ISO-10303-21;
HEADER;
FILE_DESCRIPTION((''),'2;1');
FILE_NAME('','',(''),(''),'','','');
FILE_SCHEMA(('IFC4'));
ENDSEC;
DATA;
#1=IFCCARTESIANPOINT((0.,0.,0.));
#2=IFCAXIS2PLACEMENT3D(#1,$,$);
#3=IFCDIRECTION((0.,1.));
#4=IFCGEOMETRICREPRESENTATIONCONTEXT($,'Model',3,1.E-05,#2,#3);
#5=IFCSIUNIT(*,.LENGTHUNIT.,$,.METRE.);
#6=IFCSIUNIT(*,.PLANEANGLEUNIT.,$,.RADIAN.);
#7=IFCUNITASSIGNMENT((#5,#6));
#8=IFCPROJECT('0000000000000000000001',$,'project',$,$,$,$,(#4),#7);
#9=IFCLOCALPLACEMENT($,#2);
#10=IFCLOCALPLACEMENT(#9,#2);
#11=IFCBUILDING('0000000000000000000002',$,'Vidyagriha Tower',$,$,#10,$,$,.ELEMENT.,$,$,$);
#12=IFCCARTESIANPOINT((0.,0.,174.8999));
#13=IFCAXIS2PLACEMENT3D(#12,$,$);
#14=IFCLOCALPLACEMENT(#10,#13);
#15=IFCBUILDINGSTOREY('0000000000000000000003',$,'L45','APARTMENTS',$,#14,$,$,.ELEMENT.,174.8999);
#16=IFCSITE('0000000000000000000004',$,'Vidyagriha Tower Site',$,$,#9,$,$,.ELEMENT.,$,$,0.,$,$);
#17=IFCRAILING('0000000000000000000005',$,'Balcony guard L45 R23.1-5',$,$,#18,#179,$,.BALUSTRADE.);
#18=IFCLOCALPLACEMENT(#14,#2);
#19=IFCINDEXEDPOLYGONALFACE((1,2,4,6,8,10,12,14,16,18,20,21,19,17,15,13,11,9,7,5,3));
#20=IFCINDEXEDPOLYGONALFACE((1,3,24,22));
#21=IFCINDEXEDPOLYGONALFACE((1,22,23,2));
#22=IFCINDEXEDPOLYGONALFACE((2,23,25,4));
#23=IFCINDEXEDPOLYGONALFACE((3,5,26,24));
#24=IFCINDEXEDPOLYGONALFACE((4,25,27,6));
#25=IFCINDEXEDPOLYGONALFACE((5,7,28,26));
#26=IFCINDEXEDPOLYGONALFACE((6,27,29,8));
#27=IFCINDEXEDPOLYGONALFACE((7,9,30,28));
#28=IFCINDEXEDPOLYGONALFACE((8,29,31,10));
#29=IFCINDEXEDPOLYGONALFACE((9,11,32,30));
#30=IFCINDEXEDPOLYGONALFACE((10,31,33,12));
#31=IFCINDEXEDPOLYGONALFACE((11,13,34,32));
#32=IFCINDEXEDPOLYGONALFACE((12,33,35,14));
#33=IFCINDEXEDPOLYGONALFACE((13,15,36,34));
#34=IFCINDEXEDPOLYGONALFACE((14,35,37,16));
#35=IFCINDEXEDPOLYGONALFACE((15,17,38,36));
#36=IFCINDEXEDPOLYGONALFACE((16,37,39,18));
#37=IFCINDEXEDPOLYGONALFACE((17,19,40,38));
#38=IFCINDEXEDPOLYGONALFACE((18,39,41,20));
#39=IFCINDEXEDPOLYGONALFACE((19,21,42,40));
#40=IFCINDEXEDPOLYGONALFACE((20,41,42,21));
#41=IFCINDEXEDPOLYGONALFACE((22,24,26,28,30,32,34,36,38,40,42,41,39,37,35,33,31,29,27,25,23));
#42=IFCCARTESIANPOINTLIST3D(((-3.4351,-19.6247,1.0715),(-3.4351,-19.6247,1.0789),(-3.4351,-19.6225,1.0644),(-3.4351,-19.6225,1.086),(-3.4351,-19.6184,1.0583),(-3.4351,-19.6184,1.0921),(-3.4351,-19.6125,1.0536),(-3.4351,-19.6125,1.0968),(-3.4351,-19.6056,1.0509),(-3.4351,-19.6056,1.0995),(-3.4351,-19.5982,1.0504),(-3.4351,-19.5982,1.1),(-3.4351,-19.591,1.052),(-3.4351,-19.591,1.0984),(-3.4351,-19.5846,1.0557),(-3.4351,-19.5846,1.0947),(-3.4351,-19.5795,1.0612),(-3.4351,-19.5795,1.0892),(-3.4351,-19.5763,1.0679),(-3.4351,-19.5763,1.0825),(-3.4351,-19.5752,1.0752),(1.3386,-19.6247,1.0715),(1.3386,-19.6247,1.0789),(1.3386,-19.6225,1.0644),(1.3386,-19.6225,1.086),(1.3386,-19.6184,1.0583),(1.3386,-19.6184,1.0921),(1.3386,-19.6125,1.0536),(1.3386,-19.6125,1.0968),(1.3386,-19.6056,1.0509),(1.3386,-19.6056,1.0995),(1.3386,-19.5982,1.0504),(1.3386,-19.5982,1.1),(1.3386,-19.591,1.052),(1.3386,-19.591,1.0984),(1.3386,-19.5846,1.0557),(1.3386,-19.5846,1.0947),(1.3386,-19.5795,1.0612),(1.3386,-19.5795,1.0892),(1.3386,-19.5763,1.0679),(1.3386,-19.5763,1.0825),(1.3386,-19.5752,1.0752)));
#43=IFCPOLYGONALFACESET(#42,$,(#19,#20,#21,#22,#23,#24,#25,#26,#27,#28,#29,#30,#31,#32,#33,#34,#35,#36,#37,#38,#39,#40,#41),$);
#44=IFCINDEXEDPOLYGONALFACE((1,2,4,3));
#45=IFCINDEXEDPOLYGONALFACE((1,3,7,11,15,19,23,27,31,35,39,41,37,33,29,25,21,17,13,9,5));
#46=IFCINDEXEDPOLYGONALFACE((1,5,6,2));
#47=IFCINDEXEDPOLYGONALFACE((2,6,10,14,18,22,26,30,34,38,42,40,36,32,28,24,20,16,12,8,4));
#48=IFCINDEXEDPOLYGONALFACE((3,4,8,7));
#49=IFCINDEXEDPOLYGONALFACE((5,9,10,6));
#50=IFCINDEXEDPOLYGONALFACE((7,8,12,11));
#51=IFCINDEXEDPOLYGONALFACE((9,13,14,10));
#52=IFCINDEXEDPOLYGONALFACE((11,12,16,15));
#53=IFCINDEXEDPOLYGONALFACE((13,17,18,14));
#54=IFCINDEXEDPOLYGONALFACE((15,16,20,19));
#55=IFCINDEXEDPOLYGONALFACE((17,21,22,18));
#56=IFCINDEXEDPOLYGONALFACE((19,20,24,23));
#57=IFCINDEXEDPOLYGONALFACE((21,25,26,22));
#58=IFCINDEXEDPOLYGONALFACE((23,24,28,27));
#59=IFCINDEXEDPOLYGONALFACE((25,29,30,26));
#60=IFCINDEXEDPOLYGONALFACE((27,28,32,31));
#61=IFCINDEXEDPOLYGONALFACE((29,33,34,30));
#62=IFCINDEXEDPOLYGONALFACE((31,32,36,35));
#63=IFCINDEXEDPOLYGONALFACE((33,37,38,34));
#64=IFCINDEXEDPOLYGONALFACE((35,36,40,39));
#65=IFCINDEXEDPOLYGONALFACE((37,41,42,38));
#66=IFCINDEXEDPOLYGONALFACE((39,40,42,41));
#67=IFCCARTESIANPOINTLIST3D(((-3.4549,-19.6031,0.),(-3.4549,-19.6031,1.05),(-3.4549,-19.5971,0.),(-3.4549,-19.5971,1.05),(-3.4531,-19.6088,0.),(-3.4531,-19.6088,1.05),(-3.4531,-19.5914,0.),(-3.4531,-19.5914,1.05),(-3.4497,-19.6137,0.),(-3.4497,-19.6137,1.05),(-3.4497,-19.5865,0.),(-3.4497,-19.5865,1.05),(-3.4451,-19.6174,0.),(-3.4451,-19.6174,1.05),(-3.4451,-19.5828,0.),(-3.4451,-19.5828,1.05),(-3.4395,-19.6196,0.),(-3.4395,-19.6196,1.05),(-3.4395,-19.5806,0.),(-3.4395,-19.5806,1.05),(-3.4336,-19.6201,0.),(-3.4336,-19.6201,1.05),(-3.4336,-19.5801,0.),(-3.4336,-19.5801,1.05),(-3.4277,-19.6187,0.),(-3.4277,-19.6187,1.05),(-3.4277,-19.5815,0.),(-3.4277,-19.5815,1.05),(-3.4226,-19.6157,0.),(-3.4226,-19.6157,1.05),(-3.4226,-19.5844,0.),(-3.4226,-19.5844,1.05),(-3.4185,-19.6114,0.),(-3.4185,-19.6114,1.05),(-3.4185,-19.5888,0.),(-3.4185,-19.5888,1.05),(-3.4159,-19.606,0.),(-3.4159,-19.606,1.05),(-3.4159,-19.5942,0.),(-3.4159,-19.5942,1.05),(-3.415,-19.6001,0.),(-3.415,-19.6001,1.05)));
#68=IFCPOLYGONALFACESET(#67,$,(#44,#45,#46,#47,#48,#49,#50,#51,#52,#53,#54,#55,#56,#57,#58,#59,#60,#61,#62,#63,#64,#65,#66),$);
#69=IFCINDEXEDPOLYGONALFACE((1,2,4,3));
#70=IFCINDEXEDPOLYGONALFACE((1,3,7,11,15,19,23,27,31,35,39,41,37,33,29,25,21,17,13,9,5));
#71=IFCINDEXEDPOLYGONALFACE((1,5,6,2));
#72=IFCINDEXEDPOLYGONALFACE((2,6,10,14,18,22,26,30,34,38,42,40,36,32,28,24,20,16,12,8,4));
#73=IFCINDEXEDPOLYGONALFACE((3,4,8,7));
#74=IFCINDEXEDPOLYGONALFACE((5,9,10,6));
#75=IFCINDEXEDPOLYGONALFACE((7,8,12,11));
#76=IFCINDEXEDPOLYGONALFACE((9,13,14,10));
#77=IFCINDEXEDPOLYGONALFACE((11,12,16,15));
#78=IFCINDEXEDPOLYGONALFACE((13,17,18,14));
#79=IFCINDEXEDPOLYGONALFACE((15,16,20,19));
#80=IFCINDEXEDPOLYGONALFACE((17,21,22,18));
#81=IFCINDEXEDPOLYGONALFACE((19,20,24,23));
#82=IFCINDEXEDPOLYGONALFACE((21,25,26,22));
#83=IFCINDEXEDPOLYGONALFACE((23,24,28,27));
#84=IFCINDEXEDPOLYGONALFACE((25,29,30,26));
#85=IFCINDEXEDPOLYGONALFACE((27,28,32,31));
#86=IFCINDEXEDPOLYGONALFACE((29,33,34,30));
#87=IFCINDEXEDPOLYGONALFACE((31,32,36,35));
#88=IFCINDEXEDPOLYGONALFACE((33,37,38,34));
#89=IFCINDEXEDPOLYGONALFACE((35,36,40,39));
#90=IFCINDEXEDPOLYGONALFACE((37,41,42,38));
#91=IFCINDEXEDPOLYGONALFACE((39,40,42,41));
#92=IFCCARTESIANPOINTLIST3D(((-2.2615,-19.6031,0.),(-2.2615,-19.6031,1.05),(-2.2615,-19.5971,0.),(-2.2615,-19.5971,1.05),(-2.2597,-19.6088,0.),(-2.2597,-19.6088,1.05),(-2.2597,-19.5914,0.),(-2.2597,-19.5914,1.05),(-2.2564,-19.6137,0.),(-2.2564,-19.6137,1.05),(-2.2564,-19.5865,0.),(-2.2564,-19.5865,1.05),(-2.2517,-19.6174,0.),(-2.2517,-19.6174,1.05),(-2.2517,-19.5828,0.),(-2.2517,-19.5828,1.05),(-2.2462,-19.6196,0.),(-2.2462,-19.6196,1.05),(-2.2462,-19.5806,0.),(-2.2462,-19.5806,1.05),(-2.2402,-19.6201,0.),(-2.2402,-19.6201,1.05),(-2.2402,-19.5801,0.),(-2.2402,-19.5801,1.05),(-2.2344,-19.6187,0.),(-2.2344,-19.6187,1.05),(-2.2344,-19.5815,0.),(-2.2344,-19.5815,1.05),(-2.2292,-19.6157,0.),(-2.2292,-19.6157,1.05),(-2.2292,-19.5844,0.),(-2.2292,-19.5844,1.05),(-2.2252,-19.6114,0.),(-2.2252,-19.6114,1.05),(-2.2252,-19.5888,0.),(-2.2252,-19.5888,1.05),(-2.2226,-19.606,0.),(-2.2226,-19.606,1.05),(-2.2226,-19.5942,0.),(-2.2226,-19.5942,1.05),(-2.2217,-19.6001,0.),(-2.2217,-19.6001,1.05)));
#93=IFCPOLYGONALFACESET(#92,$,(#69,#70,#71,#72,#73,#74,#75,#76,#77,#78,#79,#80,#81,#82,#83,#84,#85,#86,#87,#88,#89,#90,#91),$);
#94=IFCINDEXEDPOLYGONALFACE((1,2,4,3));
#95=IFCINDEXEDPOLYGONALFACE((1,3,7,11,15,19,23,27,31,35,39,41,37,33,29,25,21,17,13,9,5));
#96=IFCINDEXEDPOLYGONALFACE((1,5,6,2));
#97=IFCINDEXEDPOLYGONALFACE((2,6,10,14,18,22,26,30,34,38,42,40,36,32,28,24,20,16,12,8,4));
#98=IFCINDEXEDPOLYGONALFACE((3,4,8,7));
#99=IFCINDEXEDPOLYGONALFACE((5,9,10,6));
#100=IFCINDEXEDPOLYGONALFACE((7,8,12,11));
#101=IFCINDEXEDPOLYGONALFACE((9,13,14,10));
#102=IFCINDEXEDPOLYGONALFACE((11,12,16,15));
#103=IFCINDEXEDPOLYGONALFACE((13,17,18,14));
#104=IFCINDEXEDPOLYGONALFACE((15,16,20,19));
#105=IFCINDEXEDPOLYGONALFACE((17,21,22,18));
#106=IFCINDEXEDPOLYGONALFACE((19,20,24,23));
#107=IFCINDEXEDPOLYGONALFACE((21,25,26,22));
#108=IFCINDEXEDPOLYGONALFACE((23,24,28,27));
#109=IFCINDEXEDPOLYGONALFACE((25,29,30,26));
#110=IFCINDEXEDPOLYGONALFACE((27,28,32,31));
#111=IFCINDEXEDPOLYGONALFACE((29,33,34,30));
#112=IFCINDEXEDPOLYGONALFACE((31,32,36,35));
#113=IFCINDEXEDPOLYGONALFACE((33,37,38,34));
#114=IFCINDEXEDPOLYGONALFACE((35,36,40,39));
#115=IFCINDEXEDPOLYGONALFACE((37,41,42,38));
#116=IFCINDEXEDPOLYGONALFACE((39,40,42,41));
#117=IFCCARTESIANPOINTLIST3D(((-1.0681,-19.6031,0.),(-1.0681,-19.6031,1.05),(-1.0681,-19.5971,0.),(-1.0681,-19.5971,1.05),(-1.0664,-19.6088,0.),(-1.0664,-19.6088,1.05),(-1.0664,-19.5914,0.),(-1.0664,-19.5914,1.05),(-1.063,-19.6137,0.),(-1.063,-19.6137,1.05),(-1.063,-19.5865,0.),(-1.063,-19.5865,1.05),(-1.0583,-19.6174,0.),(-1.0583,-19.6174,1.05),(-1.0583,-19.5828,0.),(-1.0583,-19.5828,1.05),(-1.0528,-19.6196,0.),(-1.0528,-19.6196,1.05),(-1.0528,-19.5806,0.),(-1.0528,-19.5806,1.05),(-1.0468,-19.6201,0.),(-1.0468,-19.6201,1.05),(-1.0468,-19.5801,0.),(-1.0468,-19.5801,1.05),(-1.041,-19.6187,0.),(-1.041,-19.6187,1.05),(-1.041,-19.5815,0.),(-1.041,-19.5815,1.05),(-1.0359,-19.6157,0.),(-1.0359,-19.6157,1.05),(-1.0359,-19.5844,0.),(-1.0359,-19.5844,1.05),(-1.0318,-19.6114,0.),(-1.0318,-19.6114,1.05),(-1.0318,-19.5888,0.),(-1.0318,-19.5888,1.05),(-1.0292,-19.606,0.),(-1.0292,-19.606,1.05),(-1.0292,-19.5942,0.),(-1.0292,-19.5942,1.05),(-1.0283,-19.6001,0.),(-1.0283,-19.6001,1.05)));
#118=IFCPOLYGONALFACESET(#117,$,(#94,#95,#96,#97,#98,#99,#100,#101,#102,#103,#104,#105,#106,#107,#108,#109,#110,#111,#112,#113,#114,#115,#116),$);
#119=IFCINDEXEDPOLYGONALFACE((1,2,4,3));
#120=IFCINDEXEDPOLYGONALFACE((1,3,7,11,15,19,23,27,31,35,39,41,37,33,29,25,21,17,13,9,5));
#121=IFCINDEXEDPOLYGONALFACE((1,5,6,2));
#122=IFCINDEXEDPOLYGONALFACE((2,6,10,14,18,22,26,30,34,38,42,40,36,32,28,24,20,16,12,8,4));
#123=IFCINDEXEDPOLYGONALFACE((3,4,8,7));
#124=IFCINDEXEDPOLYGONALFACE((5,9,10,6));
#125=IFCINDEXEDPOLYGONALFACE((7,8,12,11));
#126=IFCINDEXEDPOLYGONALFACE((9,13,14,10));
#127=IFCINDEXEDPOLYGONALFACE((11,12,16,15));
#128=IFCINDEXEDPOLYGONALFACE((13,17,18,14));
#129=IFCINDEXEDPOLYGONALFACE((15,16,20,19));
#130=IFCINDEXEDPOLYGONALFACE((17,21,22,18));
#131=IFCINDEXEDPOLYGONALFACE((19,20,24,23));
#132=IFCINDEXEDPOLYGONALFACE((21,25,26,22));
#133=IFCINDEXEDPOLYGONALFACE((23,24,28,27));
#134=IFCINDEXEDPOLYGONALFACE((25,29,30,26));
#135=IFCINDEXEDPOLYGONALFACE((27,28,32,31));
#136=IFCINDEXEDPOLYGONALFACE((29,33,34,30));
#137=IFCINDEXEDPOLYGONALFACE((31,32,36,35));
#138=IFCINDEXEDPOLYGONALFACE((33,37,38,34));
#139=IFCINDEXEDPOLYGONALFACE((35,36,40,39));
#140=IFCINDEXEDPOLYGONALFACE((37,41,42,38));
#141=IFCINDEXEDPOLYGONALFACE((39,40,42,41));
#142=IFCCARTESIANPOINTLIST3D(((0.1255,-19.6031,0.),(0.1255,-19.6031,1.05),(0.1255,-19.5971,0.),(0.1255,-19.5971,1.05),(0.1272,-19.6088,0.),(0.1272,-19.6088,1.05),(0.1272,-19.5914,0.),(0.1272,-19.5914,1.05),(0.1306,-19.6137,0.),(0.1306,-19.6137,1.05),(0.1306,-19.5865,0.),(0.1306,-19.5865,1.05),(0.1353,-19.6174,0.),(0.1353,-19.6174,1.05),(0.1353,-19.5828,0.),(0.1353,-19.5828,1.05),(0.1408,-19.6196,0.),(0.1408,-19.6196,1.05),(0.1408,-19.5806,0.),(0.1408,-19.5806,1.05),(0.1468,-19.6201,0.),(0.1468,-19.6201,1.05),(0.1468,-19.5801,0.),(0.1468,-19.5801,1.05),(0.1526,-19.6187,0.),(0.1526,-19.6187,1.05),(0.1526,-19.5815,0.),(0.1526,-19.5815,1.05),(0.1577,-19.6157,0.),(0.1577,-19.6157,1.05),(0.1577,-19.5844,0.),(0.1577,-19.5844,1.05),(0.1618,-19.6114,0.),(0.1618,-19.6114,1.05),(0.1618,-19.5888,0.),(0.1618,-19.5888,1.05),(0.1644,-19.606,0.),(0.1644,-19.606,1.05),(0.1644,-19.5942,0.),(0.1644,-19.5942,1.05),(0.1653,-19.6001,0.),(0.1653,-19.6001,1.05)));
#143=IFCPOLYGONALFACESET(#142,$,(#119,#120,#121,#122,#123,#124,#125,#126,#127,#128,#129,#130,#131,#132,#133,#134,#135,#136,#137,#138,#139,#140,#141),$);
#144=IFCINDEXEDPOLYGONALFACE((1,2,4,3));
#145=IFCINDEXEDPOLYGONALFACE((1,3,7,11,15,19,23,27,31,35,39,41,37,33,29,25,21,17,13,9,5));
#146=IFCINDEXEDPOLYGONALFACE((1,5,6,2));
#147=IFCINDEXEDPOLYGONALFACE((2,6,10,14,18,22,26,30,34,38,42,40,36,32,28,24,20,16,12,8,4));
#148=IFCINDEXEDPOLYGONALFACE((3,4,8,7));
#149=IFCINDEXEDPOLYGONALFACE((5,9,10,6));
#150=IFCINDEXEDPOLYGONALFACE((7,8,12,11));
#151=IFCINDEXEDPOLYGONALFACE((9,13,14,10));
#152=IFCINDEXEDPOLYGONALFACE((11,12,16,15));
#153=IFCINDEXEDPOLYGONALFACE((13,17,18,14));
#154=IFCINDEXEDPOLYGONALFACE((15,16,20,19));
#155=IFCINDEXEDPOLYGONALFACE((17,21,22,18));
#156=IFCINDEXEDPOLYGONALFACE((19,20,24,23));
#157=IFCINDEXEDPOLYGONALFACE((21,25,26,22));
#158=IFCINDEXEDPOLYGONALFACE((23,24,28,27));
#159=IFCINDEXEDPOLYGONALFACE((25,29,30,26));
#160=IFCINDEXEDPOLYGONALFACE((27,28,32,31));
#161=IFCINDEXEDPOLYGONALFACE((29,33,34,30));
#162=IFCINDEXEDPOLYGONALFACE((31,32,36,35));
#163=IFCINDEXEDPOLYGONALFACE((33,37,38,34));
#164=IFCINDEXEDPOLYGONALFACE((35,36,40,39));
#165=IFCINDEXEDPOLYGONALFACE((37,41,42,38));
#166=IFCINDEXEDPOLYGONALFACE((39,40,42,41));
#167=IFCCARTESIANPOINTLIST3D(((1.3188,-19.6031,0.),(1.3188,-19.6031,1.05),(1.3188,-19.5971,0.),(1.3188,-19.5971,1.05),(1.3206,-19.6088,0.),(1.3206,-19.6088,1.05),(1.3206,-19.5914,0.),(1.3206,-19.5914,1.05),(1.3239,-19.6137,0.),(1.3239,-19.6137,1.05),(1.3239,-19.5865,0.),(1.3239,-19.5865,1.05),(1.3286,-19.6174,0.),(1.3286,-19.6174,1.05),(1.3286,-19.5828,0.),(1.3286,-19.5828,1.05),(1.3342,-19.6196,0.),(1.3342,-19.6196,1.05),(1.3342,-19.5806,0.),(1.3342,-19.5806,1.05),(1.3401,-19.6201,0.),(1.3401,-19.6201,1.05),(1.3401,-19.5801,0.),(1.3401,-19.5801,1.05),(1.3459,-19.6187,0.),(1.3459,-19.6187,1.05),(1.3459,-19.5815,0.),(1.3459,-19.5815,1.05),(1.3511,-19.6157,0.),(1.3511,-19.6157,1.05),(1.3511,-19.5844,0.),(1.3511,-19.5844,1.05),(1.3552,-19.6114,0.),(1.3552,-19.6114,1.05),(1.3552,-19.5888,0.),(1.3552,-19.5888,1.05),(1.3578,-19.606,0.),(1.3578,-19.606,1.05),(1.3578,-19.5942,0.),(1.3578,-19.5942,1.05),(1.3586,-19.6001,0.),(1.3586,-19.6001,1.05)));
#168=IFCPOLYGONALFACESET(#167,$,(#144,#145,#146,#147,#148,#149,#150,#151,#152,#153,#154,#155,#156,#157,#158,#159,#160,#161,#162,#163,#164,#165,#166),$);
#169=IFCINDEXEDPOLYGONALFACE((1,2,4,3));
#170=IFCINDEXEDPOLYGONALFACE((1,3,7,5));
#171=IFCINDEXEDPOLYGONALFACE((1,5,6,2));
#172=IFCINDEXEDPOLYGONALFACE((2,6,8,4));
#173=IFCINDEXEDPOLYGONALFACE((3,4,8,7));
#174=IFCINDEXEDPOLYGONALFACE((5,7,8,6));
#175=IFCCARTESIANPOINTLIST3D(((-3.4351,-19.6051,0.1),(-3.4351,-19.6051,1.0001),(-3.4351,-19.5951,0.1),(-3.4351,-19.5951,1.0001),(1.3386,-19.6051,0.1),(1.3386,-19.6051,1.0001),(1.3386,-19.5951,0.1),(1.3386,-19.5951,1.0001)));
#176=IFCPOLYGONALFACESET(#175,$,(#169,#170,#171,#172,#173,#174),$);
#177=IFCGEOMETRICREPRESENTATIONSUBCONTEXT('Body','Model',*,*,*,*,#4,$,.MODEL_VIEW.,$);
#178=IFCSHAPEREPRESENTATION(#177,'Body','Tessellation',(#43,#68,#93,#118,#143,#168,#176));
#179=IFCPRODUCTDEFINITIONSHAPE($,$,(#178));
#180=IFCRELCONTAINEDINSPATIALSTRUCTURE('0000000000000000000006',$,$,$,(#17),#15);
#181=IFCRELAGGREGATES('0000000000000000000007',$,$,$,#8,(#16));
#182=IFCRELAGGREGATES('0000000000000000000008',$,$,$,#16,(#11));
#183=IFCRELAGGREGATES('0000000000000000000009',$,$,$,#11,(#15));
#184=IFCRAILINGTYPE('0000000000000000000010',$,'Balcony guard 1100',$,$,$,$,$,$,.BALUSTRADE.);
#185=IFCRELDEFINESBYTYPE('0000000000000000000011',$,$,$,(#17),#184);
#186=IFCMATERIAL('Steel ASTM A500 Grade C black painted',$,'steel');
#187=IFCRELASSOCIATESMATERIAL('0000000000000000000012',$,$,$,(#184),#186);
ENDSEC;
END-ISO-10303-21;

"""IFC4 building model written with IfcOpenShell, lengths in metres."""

from ifc_helpers import new_model, si_unit, direction, frame, origin, origin_2d, place, context, subcontext, project, spatial, rectangle, circle, extrude, material, type_object, element, save


model = new_model("IFC4")

# Units and contexts
model_context = context("Model", 3, precision=1e-05, world=origin(), true_north=direction((0.0, 1.0)))
body_context = subcontext(model_context, "Body", "Model", "MODEL_VIEW")
ifc_project = project(units=[si_unit("LENGTHUNIT", "METRE"), si_unit("PLANEANGLEUNIT", "RADIAN")], contexts=[model_context])

# Site, building, storey
site_placement = place(None, origin())
site = spatial("IfcSite", under=ifc_project, at=site_placement, Name="Vidyagriha Tower Site", CompositionType="ELEMENT", RefElevation=0.0)
building_placement = place(site_placement, origin())
building = spatial("IfcBuilding", under=site, at=building_placement, Name="Vidyagriha Tower", CompositionType="ELEMENT")
storey_placement = place(building_placement, frame((0.0, 0.0, 174.8999)))
storey = spatial("IfcBuildingStorey", under=building, at=storey_placement, Name="L45", Description="APARTMENTS", CompositionType="ELEMENT", Elevation=174.8999)

# Railing
ifc_material_1 = material(Name="Steel ASTM A500 Grade C black painted", Category="steel")
railing_type = type_object("IfcRailingType", Name="Balcony guard 1100", PredefinedType="BALUSTRADE", material=ifc_material_1)
railing_1_placement = place(storey_placement, frame((-3.4351, -19.6001, 0.0)))
element("IfcRailing", 1, at=railing_1_placement, inside=storey, type_object=railing_type, Name="Balcony guard L45 R23.1-5", PredefinedType="BALUSTRADE", context=body_context, shape_type="SweptSolid", body=[
    extrude(circle(Radius=0.0249, at=origin_2d()), frame((0.0, 0.0, 1.0752), z_axis=(1.0, 0.0, 0.0), x_axis=(0.0, 1.0, 0.0)), (0.0, 0.0, 1.0), 4.7737),
    extrude(circle(Radius=0.02, at=origin_2d()), origin(), (0.0, 0.0, 1.0), 1.05),
    extrude(circle(Radius=0.02, at=origin_2d()), frame((1.1934, 0.0, 0.0)), (0.0, 0.0, 1.0), 1.05),
    extrude(circle(Radius=0.02, at=origin_2d()), frame((2.3867, 0.0, 0.0)), (0.0, 0.0, 1.0), 1.05),
    extrude(circle(Radius=0.02, at=origin_2d()), frame((3.5803, 0.0, 0.0)), (0.0, 0.0, 1.0), 1.05),
    extrude(circle(Radius=0.02, at=origin_2d()), frame((4.7737, 0.0, 0.0)), (0.0, 0.0, 1.0), 1.05),
    extrude(rectangle(XDim=0.01, YDim=0.9001, at=origin_2d()), frame((0.0, 0.0, 0.55), z_axis=(1.0, 0.0, 0.0), x_axis=(0.0, 1.0, 0.0)), (0.0, 0.0, 1.0), 4.7737),
])

save(model, "model.ifc")
